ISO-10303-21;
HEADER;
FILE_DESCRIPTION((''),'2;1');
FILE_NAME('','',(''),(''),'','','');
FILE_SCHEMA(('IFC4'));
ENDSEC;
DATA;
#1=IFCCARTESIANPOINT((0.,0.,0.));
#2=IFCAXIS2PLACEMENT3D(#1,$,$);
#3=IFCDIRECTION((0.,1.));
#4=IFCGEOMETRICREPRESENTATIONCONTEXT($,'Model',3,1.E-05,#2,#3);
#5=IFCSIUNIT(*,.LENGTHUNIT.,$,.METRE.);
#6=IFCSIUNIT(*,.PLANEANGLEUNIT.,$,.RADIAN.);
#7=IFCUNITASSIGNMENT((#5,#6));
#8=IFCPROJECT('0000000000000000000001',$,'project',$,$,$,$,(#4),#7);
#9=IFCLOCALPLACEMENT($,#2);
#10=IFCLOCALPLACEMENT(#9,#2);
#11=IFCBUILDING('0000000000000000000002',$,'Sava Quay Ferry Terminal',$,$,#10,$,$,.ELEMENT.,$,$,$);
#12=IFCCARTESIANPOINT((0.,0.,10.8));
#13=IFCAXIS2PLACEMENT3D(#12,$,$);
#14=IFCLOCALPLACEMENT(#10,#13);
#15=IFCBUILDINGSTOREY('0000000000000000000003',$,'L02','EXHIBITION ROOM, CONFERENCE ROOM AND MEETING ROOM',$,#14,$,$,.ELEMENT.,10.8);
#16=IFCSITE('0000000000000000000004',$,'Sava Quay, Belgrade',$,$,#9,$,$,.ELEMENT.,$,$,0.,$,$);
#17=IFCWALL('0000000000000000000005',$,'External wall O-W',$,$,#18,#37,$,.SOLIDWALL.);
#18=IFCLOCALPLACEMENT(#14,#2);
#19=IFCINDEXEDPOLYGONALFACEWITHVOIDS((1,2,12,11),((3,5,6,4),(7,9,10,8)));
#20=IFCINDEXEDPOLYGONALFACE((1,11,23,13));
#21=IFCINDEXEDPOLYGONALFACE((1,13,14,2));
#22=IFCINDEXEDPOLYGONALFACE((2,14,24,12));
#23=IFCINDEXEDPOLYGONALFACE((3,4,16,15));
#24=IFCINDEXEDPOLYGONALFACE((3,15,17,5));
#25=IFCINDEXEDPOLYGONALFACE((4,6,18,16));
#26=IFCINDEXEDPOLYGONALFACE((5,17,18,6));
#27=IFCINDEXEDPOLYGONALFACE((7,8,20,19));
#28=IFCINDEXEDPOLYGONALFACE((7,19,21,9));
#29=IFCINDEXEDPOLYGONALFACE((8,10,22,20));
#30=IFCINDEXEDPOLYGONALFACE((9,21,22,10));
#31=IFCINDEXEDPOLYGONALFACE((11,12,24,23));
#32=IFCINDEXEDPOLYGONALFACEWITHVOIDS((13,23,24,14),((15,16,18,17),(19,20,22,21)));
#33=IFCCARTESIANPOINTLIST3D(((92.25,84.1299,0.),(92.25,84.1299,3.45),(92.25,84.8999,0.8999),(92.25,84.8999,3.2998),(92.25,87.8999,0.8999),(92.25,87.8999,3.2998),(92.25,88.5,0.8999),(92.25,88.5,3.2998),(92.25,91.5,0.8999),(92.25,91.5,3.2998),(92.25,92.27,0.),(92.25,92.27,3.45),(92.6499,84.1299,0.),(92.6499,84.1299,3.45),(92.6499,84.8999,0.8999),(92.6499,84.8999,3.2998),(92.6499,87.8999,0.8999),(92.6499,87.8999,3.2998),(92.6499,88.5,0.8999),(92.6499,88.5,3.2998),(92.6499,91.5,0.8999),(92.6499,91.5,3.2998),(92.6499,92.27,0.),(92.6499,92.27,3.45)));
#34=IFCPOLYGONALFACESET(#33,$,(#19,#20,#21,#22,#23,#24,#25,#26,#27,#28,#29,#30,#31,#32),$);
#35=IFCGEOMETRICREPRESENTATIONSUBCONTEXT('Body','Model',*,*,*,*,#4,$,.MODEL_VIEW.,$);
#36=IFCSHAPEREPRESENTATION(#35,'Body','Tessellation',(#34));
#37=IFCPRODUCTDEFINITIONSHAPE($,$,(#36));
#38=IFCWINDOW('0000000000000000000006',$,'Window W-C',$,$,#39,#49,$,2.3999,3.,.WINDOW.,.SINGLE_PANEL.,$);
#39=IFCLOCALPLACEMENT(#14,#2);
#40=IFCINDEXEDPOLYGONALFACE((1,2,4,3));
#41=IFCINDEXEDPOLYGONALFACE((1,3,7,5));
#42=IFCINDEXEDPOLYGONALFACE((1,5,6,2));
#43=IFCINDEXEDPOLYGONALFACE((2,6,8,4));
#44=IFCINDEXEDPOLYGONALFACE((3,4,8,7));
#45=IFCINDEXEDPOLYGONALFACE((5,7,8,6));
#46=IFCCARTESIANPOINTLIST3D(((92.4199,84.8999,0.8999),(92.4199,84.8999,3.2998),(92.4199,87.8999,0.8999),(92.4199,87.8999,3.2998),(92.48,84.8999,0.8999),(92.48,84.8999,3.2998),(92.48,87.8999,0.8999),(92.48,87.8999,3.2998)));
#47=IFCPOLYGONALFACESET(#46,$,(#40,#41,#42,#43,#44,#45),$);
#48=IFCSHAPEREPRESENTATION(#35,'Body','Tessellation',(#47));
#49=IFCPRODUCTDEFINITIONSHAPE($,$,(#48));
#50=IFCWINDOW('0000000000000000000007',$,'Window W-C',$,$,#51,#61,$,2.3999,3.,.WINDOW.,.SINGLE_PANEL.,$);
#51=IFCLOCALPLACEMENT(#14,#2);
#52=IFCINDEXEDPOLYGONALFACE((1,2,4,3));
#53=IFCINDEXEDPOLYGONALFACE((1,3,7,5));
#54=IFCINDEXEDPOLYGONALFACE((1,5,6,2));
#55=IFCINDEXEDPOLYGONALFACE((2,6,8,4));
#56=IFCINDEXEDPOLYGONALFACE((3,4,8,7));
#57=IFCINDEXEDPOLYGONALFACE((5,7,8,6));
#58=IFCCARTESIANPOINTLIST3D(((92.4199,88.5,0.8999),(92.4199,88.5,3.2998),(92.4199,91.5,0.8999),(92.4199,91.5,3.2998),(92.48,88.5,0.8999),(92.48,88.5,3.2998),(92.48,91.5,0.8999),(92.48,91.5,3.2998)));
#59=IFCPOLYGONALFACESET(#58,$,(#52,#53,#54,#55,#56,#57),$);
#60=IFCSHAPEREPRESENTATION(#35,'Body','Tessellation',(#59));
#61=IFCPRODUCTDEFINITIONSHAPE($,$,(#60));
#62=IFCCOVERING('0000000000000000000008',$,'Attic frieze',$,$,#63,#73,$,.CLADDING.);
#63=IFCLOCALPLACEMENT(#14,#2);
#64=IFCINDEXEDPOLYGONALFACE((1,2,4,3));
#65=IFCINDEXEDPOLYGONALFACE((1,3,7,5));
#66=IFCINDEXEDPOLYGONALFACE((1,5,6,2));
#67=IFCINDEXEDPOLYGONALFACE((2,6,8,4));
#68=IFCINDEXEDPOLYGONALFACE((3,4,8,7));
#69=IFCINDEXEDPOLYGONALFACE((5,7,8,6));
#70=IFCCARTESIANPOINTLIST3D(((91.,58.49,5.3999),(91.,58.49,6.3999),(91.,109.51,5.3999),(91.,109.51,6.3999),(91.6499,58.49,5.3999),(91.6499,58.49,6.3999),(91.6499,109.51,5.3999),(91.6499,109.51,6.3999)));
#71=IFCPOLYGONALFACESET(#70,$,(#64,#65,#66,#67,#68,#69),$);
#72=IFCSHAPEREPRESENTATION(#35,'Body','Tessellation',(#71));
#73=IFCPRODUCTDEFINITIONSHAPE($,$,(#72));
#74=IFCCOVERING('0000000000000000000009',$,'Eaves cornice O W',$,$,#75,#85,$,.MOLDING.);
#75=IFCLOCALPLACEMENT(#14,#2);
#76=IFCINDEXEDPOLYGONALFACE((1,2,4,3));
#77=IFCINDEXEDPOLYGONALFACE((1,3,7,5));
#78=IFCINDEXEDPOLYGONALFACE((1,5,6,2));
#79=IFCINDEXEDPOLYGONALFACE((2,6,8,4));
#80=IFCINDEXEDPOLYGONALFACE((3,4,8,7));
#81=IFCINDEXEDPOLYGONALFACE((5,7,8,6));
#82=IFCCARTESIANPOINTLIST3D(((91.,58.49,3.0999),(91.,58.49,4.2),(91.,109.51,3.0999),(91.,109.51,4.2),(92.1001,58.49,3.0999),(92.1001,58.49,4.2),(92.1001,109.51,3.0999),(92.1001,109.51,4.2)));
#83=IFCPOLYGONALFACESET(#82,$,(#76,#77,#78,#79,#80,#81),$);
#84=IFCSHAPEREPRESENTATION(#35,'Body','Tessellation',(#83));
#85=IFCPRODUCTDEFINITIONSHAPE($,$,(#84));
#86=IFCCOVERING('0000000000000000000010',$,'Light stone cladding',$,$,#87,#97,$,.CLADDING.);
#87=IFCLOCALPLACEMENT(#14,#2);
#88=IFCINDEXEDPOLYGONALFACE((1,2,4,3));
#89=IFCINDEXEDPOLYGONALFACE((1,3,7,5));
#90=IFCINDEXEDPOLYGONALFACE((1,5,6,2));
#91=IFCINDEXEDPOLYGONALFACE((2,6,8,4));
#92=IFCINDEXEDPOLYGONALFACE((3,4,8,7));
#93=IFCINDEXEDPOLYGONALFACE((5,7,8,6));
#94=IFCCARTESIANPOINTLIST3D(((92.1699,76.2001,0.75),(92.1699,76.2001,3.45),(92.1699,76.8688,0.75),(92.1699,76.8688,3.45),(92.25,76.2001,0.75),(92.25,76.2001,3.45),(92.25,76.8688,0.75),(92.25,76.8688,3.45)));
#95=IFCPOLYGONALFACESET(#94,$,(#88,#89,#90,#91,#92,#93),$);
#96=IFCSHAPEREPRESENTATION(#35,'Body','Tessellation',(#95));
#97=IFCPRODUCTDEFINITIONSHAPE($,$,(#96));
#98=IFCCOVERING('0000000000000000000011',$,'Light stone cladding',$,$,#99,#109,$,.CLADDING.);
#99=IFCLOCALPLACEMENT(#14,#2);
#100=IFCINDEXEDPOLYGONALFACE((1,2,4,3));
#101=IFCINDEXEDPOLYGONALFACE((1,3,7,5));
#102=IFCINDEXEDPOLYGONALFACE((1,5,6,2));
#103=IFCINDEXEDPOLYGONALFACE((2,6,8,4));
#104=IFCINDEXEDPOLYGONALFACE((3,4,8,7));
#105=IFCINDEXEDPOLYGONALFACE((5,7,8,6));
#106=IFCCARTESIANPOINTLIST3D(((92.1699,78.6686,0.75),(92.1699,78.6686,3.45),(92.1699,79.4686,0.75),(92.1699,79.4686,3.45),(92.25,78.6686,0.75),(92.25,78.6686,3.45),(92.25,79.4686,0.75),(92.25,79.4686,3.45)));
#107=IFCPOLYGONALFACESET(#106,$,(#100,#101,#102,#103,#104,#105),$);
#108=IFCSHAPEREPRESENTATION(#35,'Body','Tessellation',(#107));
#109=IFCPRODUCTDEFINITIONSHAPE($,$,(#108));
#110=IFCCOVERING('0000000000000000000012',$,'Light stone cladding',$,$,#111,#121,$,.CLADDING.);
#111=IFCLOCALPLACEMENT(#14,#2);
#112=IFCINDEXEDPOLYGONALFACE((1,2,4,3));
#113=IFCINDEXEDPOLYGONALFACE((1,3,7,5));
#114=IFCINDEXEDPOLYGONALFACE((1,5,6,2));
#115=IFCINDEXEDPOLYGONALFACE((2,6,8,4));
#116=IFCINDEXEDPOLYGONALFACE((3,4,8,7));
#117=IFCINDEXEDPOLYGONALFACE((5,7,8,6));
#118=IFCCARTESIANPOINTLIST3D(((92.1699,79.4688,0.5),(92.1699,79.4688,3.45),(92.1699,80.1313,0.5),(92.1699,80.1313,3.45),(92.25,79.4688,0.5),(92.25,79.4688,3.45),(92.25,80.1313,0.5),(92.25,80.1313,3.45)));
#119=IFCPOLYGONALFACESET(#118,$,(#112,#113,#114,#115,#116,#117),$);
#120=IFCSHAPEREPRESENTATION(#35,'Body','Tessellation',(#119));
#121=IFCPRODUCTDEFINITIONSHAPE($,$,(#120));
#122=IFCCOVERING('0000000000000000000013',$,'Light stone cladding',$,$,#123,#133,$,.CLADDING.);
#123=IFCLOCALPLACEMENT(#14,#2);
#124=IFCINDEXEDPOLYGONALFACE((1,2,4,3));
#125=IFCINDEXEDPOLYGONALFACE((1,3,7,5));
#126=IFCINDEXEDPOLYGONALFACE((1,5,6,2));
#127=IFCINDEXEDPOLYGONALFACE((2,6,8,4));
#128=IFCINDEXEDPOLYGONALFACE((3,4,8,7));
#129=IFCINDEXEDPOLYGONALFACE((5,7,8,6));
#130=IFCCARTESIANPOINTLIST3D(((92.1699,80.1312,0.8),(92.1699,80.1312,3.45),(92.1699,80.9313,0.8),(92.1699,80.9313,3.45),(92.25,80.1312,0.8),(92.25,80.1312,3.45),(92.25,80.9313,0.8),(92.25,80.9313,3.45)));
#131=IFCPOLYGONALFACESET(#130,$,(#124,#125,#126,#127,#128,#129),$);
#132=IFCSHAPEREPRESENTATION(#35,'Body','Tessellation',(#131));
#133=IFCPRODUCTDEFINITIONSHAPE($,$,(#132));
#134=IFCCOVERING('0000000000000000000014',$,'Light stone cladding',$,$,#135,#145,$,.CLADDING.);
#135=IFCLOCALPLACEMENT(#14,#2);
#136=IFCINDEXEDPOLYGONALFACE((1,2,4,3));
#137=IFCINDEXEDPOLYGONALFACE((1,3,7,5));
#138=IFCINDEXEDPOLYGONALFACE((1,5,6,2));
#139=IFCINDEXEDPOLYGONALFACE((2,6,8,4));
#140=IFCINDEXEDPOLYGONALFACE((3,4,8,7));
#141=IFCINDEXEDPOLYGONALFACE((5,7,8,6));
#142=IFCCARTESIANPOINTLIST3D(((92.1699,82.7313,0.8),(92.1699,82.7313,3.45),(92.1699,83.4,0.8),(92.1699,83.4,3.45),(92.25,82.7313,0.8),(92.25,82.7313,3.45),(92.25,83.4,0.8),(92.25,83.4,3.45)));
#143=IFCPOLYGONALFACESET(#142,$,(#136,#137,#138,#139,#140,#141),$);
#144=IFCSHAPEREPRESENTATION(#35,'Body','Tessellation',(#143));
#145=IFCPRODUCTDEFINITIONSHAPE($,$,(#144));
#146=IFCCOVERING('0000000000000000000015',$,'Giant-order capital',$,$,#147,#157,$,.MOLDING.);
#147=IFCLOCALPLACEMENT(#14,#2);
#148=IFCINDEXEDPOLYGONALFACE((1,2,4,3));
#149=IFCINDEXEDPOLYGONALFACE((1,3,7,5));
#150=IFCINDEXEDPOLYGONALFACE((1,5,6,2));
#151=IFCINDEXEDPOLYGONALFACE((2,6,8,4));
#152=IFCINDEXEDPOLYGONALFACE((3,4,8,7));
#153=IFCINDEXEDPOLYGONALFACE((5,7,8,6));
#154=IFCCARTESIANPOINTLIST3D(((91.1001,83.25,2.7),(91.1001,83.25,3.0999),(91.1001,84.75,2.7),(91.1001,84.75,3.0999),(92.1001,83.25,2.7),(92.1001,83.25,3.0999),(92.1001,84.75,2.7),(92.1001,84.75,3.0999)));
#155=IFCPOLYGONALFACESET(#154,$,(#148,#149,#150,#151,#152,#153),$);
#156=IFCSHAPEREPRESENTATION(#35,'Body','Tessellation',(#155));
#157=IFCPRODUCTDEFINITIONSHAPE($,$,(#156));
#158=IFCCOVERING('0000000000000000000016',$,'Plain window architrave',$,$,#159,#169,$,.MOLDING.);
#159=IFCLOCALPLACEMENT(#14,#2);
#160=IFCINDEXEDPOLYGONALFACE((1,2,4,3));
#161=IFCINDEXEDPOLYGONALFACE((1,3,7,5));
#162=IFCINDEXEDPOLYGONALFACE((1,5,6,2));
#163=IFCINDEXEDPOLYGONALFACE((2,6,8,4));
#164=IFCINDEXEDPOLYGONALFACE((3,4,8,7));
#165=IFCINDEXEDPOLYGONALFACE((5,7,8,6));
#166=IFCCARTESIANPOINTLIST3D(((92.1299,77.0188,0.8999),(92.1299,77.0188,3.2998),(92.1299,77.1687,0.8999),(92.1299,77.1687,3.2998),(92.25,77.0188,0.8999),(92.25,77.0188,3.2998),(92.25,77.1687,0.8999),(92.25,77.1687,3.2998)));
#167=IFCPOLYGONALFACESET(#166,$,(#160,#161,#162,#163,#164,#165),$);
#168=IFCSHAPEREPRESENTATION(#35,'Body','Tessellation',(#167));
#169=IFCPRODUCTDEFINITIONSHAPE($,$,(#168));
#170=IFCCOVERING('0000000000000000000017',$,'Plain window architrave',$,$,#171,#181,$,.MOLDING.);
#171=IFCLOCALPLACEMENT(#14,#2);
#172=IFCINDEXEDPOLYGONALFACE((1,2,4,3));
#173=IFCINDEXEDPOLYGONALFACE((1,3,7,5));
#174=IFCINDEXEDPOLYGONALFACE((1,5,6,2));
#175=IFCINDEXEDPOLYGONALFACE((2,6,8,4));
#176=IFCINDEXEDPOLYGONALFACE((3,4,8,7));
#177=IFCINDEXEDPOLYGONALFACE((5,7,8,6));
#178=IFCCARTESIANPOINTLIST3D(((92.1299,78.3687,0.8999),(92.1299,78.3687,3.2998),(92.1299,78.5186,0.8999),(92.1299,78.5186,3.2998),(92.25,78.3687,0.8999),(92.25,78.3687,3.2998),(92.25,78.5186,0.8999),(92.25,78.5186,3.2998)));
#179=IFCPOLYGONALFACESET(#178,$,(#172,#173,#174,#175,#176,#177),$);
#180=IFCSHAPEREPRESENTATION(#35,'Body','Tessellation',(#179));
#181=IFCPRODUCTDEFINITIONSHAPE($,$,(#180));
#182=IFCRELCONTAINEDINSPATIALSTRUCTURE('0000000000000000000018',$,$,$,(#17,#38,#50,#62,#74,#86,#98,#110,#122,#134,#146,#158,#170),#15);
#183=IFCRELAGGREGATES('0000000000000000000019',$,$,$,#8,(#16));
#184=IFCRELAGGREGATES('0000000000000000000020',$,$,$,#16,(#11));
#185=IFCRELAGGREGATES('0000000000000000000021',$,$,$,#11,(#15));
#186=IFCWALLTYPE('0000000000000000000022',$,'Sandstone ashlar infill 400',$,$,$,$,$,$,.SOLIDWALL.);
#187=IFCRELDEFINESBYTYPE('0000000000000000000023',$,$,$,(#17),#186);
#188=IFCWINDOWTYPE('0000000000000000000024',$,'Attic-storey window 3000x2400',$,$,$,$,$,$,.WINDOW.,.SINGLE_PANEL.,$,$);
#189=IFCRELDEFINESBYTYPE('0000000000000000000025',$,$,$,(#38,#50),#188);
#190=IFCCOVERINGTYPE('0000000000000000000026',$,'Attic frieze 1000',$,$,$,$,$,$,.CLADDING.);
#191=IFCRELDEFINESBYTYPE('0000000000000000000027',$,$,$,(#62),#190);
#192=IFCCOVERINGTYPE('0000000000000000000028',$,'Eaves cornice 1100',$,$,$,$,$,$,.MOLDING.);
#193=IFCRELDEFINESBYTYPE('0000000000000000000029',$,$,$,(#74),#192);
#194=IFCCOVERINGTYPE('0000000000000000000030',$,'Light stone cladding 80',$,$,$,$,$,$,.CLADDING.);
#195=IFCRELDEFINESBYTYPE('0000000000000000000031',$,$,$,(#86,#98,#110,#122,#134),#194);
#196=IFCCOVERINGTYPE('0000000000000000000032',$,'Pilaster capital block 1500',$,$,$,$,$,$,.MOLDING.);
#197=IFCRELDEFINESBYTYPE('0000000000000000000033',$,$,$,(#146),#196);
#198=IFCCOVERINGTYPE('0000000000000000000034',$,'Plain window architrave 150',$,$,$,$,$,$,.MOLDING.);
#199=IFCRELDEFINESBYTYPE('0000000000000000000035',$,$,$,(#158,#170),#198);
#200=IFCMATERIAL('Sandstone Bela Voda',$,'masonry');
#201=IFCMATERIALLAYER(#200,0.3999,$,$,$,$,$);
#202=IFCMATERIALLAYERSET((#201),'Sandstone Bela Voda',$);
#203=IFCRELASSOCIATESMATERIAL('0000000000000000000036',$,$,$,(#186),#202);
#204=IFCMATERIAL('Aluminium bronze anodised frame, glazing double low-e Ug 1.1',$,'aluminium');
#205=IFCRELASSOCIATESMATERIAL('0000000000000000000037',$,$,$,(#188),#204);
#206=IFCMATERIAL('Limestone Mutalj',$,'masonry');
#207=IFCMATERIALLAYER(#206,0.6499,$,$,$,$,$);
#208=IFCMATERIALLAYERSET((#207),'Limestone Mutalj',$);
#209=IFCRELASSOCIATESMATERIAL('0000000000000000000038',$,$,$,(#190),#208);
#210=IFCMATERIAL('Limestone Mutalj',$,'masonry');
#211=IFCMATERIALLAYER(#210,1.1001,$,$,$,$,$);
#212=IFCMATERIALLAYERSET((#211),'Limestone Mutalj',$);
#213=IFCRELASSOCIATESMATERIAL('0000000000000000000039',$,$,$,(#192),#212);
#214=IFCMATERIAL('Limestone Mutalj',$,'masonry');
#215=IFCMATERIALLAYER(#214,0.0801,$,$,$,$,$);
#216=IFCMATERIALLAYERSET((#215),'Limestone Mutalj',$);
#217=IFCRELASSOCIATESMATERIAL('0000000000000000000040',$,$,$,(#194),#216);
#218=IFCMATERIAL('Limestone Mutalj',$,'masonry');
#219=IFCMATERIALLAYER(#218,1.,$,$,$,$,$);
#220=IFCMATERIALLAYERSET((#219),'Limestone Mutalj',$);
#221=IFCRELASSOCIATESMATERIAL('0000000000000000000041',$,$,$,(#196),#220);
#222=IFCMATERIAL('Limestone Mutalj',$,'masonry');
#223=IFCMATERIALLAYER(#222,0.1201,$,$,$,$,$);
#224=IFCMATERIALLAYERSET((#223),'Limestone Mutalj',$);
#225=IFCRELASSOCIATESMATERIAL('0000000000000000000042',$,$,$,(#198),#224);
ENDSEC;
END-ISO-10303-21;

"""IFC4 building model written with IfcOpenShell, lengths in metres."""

from ifc_helpers import new_model, si_unit, direction, frame, frame_2d, origin, origin_2d, place, context, subcontext, project, spatial, rectangle, extrude, material, layer, layer_set, type_object, element, fill, save


model = new_model("IFC4")

# Units and contexts
model_context = context("Model", 3, precision=1e-05, world=origin(), true_north=direction((0.0, 1.0)))
body_context = subcontext(model_context, "Body", "Model", "MODEL_VIEW")
ifc_project = project(units=[si_unit("LENGTHUNIT", "METRE"), si_unit("PLANEANGLEUNIT", "RADIAN")], contexts=[model_context])

# Site, building, storey
site_placement = place(None, origin())
site = spatial("IfcSite", under=ifc_project, at=site_placement, Name="Sava Quay, Belgrade", CompositionType="ELEMENT", RefElevation=0.0)
building_placement = place(site_placement, origin())
building = spatial("IfcBuilding", under=site, at=building_placement, Name="Sava Quay Ferry Terminal", CompositionType="ELEMENT")
storey_placement = place(building_placement, frame((0.0, 0.0, 10.8)))
storey = spatial("IfcBuildingStorey", under=building, at=storey_placement, Name="L02", Description="EXHIBITION ROOM, CONFERENCE ROOM AND MEETING ROOM", CompositionType="ELEMENT", Elevation=10.8)

# Wall, openings, windows
ifc_material_1 = material(Name="Sandstone Bela Voda", Category="masonry")
ifc_layer_1 = layer(ifc_material_1, 0.3999)
ifc_layer_set_1 = layer_set([ifc_layer_1], Name="Sandstone Bela Voda")
wall_type_1 = type_object("IfcWallType", Name="Sandstone ashlar infill 400", PredefinedType="SOLIDWALL", material=ifc_layer_set_1)
wall_1_placement = place(storey_placement, frame((92.45, 84.1299, 0.0), z_axis=(0.0, 0.0, 1.0), x_axis=(0.0, 1.0, 0.0)))
wall_1 = element("IfcWall", 1, at=wall_1_placement, inside=storey, type_object=wall_type_1, Name="External wall O-W", PredefinedType="SOLIDWALL", context=body_context, shape_type="SweptSolid", body=[
    extrude(rectangle(XDim=8.1401, YDim=0.3999, at=frame_2d((4.0701, 0.0))), origin(), (0.0, 0.0, 1.0), 3.45),
])
opening_1_placement = place(wall_1_placement, frame((0.77, 0.0, 0.8999)))
opening_1 = element("IfcOpeningElement", 2, at=opening_1_placement, cuts=wall_1, PredefinedType="OPENING", context=body_context, shape_type="SweptSolid", body=[
    extrude(rectangle(XDim=3.0, YDim=2.3999, at=frame_2d((1.5, 1.2))), frame((0.0, 0.2, 0.0), z_axis=(0.0, -1.0, 0.0), x_axis=(1.0, 0.0, 0.0)), (0.0, 0.0, 1.0), 0.3999),
])
opening_2_placement = place(wall_1_placement, frame((4.3701, 0.0, 0.8999)))
opening_2 = element("IfcOpeningElement", 3, at=opening_2_placement, cuts=wall_1, PredefinedType="OPENING", context=body_context, shape_type="SweptSolid", body=[
    extrude(rectangle(XDim=3.0, YDim=2.3999, at=frame_2d((1.5, 1.2))), frame((0.0, 0.2, 0.0), z_axis=(0.0, -1.0, 0.0), x_axis=(1.0, 0.0, 0.0)), (0.0, 0.0, 1.0), 0.3999),
])
ifc_material_2 = material(Name="Aluminium bronze anodised frame, glazing double low-e Ug 1.1", Category="aluminium")
window_type = type_object("IfcWindowType", Name="Attic-storey window 3000x2400", PartitioningType="SINGLE_PANEL", PredefinedType="WINDOW", material=ifc_material_2)
window_1_placement = place(opening_1_placement, origin())
window_1 = element("IfcWindow", 4, at=window_1_placement, inside=storey, type_object=window_type, Name="Window W-C", OverallHeight=2.3999, OverallWidth=3.0, PartitioningType="SINGLE_PANEL", PredefinedType="WINDOW", context=body_context, shape_type="SweptSolid", body=[
    extrude(rectangle(XDim=3.0, YDim=2.3999, at=frame_2d((1.5, 1.2))), frame((0.0, 0.03, 0.0), z_axis=(0.0, -1.0, 0.0), x_axis=(1.0, 0.0, 0.0)), (0.0, 0.0, 1.0), 0.0601),
])
fill(opening_1, window_1)
window_2_placement = place(opening_2_placement, origin())
window_2 = element("IfcWindow", 5, at=window_2_placement, inside=storey, type_object=window_type, Name="Window W-C", OverallHeight=2.3999, OverallWidth=3.0, PartitioningType="SINGLE_PANEL", PredefinedType="WINDOW", context=body_context, shape_type="SweptSolid", body=[
    extrude(rectangle(XDim=3.0, YDim=2.3999, at=frame_2d((1.5, 1.2))), frame((0.0, 0.03, 0.0), z_axis=(0.0, -1.0, 0.0), x_axis=(1.0, 0.0, 0.0)), (0.0, 0.0, 1.0), 0.0601),
])
fill(opening_2, window_2)

# Coverings
ifc_material_3 = material(Name="Limestone Mutalj", Category="masonry")
ifc_layer_2 = layer(ifc_material_3, 0.6499)
ifc_layer_set_2 = layer_set([ifc_layer_2], Name="Limestone Mutalj")
covering_type_1 = type_object("IfcCoveringType", Name="Attic frieze 1000", PredefinedType="CLADDING", material=ifc_layer_set_2)
covering_1_placement = place(storey_placement, frame((91.325, 84.0, 5.3999), z_axis=(0.0, 0.0, 1.0), x_axis=(1.0, 0.0, 0.0)))
element("IfcCovering", 6, at=covering_1_placement, inside=storey, type_object=covering_type_1, Name="Attic frieze", PredefinedType="CLADDING", context=body_context, shape_type="SweptSolid", body=[
    extrude(rectangle(XDim=0.6499, YDim=51.02, at=origin_2d()), origin(), (0.0, 0.0, 1.0), 1.0),
])
ifc_material_4 = material(Name="Limestone Mutalj", Category="masonry")
ifc_layer_3 = layer(ifc_material_4, 1.1001)
ifc_layer_set_3 = layer_set([ifc_layer_3], Name="Limestone Mutalj")
covering_type_2 = type_object("IfcCoveringType", Name="Eaves cornice 1100", PredefinedType="MOLDING", material=ifc_layer_set_3)
covering_2_placement = place(storey_placement, frame((91.55, 84.0, 3.0999), z_axis=(0.0, 0.0, 1.0), x_axis=(1.0, 0.0, 0.0)))
element("IfcCovering", 7, at=covering_2_placement, inside=storey, type_object=covering_type_2, Name="Eaves cornice O W", PredefinedType="MOLDING", context=body_context, shape_type="SweptSolid", body=[
    extrude(rectangle(XDim=1.1001, YDim=51.02, at=origin_2d()), origin(), (0.0, 0.0, 1.0), 1.1001),
])
ifc_material_5 = material(Name="Limestone Mutalj", Category="masonry")
ifc_layer_4 = layer(ifc_material_5, 0.0801)
ifc_layer_set_4 = layer_set([ifc_layer_4], Name="Limestone Mutalj")
covering_type_3 = type_object("IfcCoveringType", Name="Light stone cladding 80", PredefinedType="CLADDING", material=ifc_layer_set_4)
covering_3_placement = place(storey_placement, frame((92.21, 76.5344, 0.75), z_axis=(0.0, 0.0, 1.0), x_axis=(1.0, 0.0, 0.0)))
element("IfcCovering", 8, at=covering_3_placement, inside=storey, type_object=covering_type_3, Name="Light stone cladding", PredefinedType="CLADDING", context=body_context, shape_type="SweptSolid", body=[
    extrude(rectangle(XDim=0.0801, YDim=0.6687, at=origin_2d()), origin(), (0.0, 0.0, 1.0), 2.7),
])
covering_4_placement = place(storey_placement, frame((92.21, 79.0686, 0.75), z_axis=(0.0, 0.0, 1.0), x_axis=(1.0, 0.0, 0.0)))
element("IfcCovering", 9, at=covering_4_placement, inside=storey, type_object=covering_type_3, Name="Light stone cladding", PredefinedType="CLADDING", context=body_context, shape_type="SweptSolid", body=[
    extrude(rectangle(XDim=0.0801, YDim=0.8, at=origin_2d()), origin(), (0.0, 0.0, 1.0), 2.7),
])
covering_5_placement = place(storey_placement, frame((92.21, 79.8, 0.5), z_axis=(0.0, 0.0, 1.0), x_axis=(1.0, 0.0, 0.0)))
element("IfcCovering", 10, at=covering_5_placement, inside=storey, type_object=covering_type_3, Name="Light stone cladding", PredefinedType="CLADDING", context=body_context, shape_type="SweptSolid", body=[
    extrude(rectangle(XDim=0.0801, YDim=0.6626, at=origin_2d()), origin(), (0.0, 0.0, 1.0), 2.95),
])
covering_6_placement = place(storey_placement, frame((92.21, 80.5312, 0.8), z_axis=(0.0, 0.0, 1.0), x_axis=(1.0, 0.0, 0.0)))
element("IfcCovering", 11, at=covering_6_placement, inside=storey, type_object=covering_type_3, Name="Light stone cladding", PredefinedType="CLADDING", context=body_context, shape_type="SweptSolid", body=[
    extrude(rectangle(XDim=0.0801, YDim=0.8, at=origin_2d()), origin(), (0.0, 0.0, 1.0), 2.6499),
])
covering_7_placement = place(storey_placement, frame((92.21, 83.0657, 0.8), z_axis=(0.0, 0.0, 1.0), x_axis=(1.0, 0.0, 0.0)))
element("IfcCovering", 12, at=covering_7_placement, inside=storey, type_object=covering_type_3, Name="Light stone cladding", PredefinedType="CLADDING", context=body_context, shape_type="SweptSolid", body=[
    extrude(rectangle(XDim=0.0801, YDim=0.6687, at=origin_2d()), origin(), (0.0, 0.0, 1.0), 2.6499),
])
ifc_material_6 = material(Name="Limestone Mutalj", Category="masonry")
ifc_layer_5 = layer(ifc_material_6, 1.0)
ifc_layer_set_5 = layer_set([ifc_layer_5], Name="Limestone Mutalj")
covering_type_4 = type_object("IfcCoveringType", Name="Pilaster capital block 1500", PredefinedType="MOLDING", material=ifc_layer_set_5)
covering_8_placement = place(storey_placement, frame((91.6001, 84.0, 2.7), z_axis=(0.0, 0.0, 1.0), x_axis=(1.0, 0.0, 0.0)))
element("IfcCovering", 13, at=covering_8_placement, inside=storey, type_object=covering_type_4, Name="Giant-order capital", PredefinedType="MOLDING", context=body_context, shape_type="SweptSolid", body=[
    extrude(rectangle(XDim=1.0, YDim=1.5, at=origin_2d()), origin(), (0.0, 0.0, 1.0), 0.3999),
])
ifc_material_7 = material(Name="Limestone Mutalj", Category="masonry")
ifc_layer_6 = layer(ifc_material_7, 0.1201)
ifc_layer_set_6 = layer_set([ifc_layer_6], Name="Limestone Mutalj")
covering_type_5 = type_object("IfcCoveringType", Name="Plain window architrave 150", PredefinedType="MOLDING", material=ifc_layer_set_6)
for number, where, z_axis, x_axis, name in (
    (14, (92.1899, 77.0938, 0.8999), (0.0, 0.0, 1.0), (1.0, 0.0, 0.0), "Plain window architrave"),
    (15, (92.1899, 78.4436, 0.8999), (0.0, 0.0, 1.0), (1.0, 0.0, 0.0), "Plain window architrave"),
):
    element("IfcCovering", number, at=place(storey_placement, frame(where, z_axis=z_axis, x_axis=x_axis)), inside=storey, type_object=covering_type_5, Name=name, PredefinedType="MOLDING", context=body_context, shape_type="SweptSolid", body=[
        extrude(rectangle(XDim=0.1201, YDim=0.1499, at=origin_2d()), origin(), (0.0, 0.0, 1.0), 2.3999),
    ])

save(model, "model.ifc")
